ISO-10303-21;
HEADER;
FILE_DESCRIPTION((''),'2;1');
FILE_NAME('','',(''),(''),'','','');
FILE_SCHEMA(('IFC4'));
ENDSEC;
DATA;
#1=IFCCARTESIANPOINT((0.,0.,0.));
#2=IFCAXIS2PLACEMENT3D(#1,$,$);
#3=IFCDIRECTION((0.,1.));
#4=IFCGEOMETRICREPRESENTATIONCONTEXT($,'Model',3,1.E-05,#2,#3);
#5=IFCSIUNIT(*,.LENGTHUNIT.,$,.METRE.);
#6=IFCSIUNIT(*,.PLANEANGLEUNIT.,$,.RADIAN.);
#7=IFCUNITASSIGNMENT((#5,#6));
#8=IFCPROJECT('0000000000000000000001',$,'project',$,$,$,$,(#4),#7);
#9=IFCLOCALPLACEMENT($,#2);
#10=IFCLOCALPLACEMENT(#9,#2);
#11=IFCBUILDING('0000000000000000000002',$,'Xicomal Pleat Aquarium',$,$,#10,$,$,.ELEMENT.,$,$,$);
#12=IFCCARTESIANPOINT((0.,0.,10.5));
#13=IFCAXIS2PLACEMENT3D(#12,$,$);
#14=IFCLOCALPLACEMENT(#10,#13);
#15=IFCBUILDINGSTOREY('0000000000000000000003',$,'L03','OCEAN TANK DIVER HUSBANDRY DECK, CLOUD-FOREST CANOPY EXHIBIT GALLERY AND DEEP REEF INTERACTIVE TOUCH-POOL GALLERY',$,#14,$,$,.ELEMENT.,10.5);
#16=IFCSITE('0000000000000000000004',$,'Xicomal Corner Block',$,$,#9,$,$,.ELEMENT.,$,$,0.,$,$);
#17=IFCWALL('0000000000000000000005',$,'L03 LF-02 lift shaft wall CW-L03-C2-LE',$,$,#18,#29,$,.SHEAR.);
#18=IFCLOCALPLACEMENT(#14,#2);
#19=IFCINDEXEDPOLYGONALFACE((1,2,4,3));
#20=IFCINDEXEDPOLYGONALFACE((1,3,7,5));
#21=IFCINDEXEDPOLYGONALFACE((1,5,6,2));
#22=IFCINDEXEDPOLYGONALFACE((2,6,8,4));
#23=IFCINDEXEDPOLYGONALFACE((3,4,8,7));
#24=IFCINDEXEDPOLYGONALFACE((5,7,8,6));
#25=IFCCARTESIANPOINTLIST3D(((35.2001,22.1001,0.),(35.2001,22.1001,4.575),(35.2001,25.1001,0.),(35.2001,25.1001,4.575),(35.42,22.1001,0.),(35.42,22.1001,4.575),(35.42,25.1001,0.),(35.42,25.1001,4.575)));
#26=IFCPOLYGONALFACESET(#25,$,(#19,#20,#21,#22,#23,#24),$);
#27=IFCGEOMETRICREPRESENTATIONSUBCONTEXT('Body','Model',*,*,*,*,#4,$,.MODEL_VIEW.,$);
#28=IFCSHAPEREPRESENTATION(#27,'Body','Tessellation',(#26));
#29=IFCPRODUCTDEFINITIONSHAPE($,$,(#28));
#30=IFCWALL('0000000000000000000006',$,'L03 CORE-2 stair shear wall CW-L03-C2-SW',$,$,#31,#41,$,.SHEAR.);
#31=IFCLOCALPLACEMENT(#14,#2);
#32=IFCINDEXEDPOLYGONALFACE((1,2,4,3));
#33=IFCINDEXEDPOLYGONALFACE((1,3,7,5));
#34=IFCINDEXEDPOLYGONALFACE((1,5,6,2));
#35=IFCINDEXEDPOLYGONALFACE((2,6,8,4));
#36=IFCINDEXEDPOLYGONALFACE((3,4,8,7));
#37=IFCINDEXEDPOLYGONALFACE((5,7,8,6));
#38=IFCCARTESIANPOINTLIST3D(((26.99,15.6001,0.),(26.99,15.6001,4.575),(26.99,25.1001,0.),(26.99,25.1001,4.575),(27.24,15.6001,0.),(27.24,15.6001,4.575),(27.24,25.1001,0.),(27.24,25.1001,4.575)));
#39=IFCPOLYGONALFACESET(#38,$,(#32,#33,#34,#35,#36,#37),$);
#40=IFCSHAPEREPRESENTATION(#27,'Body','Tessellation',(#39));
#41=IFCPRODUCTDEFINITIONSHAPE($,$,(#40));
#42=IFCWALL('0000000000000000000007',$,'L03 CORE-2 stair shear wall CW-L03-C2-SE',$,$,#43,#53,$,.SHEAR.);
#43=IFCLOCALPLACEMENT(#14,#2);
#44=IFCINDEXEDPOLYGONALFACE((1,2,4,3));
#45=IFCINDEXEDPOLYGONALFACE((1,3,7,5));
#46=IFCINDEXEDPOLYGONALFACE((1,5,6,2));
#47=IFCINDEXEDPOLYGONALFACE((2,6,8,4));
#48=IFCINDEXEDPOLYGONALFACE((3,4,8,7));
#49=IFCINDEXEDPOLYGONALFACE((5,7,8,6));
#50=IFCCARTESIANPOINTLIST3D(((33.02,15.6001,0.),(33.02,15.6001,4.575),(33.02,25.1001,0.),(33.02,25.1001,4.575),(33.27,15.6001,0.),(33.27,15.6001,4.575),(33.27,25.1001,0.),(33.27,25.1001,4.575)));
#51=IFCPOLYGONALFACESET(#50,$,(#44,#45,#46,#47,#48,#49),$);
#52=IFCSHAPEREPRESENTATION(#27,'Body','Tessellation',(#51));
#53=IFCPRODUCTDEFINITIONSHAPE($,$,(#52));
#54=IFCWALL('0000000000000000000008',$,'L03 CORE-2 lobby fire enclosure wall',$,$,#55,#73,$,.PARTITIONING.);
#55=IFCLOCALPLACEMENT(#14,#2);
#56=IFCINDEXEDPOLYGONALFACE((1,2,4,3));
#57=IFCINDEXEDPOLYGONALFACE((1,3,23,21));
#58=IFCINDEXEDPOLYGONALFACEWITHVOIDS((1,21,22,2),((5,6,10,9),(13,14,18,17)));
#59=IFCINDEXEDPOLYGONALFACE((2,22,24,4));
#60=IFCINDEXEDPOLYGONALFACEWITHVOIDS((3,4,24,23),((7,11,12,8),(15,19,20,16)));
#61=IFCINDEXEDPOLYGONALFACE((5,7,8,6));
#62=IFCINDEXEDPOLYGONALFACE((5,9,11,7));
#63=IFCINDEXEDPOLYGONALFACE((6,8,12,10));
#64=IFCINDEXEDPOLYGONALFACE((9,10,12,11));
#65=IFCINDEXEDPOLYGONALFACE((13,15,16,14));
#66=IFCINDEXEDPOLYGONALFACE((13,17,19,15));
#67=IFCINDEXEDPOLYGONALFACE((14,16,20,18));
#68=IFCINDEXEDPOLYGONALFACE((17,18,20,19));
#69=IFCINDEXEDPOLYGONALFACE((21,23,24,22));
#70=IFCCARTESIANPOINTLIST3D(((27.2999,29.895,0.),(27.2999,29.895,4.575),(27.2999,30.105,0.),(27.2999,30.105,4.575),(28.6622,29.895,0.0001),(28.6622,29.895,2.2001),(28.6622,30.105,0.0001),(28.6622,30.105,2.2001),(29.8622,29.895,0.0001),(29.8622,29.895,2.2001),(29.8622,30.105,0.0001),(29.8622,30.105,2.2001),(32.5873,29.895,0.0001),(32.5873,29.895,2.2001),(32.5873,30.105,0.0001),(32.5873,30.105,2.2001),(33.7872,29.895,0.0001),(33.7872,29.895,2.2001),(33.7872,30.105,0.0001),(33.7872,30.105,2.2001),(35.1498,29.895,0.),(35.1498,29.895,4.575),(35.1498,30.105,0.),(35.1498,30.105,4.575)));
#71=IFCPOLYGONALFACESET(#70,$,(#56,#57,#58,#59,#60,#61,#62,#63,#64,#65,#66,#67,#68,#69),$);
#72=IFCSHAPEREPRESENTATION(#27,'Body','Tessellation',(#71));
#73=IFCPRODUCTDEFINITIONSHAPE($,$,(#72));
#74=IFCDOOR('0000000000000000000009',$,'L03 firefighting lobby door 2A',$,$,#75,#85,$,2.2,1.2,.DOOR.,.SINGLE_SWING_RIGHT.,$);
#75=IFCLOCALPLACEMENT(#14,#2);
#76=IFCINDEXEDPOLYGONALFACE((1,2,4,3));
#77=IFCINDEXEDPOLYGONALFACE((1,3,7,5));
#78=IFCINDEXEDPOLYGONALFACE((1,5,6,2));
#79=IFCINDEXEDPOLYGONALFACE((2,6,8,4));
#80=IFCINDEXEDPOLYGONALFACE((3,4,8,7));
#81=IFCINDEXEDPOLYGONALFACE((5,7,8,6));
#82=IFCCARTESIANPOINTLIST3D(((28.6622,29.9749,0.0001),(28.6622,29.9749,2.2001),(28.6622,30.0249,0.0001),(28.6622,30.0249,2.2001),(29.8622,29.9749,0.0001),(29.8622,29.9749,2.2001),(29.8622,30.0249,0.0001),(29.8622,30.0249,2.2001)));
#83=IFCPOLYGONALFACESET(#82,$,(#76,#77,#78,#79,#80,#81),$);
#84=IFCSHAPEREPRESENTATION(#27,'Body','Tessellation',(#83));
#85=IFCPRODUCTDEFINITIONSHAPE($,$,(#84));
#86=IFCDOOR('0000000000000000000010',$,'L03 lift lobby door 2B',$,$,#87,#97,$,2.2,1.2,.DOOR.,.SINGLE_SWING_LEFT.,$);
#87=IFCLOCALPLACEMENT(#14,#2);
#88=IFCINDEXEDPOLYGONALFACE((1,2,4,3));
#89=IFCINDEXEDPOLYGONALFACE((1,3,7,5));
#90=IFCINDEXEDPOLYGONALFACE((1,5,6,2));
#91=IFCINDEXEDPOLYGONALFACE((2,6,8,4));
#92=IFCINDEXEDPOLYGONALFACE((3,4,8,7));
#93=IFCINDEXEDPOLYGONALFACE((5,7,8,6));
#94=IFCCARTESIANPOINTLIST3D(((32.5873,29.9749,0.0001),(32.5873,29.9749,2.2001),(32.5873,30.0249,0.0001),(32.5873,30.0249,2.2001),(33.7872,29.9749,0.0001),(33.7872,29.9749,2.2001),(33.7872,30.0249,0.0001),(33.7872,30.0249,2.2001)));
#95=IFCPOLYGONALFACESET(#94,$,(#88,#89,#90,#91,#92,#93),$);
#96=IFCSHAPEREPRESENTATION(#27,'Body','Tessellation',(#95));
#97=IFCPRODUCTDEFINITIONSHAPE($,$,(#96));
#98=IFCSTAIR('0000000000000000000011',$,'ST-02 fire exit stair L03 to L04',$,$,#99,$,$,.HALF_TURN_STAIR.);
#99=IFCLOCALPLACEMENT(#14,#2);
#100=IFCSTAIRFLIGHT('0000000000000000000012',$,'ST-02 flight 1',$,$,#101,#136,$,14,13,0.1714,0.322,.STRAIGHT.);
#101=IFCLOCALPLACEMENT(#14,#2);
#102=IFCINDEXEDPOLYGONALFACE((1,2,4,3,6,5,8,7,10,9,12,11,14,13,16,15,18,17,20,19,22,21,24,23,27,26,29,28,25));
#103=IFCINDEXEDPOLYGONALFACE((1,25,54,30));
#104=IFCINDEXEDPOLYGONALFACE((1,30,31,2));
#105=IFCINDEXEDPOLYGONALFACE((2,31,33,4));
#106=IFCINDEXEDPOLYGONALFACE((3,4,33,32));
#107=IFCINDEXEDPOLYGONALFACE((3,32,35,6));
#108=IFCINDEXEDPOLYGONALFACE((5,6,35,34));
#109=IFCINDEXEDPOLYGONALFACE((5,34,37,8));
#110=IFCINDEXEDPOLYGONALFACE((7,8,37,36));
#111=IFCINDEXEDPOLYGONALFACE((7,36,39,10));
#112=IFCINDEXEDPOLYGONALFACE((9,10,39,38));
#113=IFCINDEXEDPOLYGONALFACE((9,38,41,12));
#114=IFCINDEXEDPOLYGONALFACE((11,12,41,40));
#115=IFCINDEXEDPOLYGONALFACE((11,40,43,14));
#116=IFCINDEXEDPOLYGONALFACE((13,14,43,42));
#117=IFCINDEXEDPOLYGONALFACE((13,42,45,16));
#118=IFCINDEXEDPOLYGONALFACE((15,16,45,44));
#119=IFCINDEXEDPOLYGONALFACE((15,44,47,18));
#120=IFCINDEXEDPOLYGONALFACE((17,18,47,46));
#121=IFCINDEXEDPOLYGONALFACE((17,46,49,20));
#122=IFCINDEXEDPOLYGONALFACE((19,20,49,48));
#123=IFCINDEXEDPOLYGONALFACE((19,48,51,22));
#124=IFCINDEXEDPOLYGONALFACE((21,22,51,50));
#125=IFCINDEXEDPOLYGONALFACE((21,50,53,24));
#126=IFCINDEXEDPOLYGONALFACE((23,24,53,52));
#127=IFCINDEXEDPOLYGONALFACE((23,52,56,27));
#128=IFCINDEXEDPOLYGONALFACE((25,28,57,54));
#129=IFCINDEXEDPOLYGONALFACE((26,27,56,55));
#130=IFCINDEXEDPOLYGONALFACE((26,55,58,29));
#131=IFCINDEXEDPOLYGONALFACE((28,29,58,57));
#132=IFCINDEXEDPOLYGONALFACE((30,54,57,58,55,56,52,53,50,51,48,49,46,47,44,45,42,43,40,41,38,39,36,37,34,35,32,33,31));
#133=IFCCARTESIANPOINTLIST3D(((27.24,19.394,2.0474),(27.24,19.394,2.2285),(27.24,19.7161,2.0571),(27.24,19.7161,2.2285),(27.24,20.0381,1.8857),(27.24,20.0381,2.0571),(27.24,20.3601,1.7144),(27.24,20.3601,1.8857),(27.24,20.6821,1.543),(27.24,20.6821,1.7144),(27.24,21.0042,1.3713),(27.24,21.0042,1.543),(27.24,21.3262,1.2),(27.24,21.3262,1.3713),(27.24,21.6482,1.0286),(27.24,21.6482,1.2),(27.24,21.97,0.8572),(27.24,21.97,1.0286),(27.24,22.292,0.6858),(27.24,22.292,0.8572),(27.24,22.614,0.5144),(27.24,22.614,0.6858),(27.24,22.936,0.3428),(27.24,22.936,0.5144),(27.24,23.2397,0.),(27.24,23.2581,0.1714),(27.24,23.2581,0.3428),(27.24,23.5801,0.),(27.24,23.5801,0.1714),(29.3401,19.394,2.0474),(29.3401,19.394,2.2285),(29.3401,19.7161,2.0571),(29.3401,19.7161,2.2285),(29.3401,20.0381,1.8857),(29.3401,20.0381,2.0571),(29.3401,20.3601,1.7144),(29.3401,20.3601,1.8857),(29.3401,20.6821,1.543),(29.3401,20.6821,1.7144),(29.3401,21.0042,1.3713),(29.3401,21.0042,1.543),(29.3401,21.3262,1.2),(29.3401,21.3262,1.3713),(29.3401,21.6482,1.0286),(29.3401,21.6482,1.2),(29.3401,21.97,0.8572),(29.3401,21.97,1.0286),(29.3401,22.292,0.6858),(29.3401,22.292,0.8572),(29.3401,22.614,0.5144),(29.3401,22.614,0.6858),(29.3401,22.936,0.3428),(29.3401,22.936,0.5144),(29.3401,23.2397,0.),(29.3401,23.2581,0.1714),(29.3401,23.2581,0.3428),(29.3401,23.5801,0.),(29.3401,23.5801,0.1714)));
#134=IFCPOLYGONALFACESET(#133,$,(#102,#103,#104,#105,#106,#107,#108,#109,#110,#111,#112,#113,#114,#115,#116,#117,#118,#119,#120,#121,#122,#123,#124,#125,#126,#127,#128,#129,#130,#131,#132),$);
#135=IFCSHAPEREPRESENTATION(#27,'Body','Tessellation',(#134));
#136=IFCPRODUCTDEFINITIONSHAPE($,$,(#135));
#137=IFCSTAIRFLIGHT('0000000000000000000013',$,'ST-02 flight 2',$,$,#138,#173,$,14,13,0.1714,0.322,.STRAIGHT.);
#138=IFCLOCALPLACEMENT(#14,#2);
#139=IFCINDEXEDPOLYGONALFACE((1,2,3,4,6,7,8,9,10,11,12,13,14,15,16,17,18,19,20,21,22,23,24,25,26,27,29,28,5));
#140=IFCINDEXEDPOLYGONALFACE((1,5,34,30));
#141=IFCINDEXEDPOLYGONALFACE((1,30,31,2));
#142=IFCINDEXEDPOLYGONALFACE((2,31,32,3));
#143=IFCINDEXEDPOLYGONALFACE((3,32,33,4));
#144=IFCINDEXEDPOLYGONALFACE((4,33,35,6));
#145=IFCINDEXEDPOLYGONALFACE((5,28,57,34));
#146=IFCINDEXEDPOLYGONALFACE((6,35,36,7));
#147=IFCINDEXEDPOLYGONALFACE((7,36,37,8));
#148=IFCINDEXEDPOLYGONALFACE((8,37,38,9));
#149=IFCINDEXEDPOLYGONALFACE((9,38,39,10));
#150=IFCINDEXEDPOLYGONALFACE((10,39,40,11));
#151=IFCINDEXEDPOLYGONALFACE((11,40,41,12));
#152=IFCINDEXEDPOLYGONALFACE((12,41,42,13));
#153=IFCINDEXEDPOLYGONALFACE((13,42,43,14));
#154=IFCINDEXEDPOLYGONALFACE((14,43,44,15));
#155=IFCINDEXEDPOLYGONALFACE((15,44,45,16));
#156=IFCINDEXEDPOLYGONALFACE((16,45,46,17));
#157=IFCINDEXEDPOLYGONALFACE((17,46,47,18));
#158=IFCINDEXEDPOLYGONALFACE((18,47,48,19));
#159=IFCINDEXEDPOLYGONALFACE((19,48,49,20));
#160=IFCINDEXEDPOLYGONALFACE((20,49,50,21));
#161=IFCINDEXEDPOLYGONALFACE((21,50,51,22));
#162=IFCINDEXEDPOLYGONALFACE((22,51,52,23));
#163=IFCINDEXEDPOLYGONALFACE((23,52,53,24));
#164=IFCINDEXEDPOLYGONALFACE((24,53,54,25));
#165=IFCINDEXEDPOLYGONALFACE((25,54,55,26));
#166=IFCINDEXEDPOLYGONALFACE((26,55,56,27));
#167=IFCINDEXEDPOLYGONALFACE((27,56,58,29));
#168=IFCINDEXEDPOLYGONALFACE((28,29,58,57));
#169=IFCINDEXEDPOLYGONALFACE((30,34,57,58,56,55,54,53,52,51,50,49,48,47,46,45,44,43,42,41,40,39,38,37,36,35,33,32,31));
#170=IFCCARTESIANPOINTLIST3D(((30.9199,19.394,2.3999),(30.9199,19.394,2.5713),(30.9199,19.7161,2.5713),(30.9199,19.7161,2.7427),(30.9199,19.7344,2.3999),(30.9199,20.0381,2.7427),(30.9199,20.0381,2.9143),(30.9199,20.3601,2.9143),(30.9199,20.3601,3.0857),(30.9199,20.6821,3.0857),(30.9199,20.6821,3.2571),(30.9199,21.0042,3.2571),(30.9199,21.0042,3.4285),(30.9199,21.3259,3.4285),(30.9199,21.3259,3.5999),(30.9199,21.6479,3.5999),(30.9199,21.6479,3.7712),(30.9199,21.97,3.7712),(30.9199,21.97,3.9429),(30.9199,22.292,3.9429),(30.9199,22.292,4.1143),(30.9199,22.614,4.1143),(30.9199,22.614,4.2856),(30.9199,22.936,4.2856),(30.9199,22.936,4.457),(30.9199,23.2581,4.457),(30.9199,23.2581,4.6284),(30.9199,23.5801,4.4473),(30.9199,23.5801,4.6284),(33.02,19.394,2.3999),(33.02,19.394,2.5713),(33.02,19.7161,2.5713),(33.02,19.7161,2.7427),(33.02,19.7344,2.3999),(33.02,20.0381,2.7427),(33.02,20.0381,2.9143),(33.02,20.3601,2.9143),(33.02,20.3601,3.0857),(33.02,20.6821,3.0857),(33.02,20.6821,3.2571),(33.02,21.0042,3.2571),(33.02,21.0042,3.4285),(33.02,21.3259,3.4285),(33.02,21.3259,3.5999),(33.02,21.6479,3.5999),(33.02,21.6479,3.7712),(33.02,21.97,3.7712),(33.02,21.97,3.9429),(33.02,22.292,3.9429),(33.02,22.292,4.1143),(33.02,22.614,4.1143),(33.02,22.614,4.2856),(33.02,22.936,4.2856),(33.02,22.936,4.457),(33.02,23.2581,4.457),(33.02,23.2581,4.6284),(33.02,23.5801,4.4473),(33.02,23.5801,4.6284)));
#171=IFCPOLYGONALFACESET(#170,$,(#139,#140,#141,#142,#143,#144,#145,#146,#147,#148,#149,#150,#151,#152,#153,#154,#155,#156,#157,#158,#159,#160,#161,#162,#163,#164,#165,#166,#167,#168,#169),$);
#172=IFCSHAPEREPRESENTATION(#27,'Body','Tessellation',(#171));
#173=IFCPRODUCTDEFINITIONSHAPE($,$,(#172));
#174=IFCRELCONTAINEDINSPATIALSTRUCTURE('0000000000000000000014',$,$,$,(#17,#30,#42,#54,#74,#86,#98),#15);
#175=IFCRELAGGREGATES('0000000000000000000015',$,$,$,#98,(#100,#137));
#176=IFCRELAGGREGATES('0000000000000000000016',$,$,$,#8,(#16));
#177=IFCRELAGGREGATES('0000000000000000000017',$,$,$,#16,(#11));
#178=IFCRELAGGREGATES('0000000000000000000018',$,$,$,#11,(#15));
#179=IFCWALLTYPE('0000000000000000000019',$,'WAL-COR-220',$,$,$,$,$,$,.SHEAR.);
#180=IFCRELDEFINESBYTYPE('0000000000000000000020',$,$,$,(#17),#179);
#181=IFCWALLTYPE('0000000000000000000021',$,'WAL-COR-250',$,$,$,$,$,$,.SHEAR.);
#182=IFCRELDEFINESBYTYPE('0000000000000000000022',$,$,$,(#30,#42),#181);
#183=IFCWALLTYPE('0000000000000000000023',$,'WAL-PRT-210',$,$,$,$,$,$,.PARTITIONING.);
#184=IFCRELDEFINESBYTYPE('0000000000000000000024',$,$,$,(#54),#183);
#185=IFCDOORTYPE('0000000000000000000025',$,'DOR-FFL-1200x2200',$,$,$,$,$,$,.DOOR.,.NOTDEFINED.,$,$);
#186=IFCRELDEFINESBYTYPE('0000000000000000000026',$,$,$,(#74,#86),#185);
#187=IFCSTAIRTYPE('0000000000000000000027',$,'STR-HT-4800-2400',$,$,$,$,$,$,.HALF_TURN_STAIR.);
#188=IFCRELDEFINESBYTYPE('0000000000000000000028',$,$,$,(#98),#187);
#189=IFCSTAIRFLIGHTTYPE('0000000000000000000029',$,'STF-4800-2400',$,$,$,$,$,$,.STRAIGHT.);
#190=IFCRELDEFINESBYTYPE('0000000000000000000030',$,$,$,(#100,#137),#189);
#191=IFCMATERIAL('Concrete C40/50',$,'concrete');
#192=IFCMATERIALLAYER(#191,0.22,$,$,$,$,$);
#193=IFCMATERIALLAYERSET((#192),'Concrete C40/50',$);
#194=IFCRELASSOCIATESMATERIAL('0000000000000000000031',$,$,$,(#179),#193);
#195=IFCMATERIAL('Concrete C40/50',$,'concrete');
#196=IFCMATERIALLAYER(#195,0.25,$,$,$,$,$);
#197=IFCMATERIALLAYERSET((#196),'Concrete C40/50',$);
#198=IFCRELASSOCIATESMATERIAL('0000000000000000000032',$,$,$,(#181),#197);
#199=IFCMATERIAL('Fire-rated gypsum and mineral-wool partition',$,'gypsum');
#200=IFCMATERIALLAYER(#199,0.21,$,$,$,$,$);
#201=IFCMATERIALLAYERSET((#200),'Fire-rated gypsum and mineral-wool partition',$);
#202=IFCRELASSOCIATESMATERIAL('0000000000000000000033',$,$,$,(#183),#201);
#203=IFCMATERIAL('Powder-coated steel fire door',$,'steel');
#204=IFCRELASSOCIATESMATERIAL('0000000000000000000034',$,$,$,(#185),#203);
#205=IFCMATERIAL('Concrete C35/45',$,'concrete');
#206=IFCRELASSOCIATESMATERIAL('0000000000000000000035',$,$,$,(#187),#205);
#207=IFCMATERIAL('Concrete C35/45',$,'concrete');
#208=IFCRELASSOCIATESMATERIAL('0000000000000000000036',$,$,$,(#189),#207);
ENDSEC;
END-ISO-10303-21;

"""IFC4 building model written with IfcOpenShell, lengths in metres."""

from ifc_helpers import new_model, si_unit, direction, frame, frame_2d, origin, place, context, subcontext, project, spatial, polyline, rectangle, outline, extrude, material, layer, layer_set, type_object, element, fill, aggregate, save


model = new_model("IFC4")

# Units and contexts
model_context = context("Model", 3, precision=1e-05, world=origin(), true_north=direction((0.0, 1.0)))
body_context = subcontext(model_context, "Body", "Model", "MODEL_VIEW")
ifc_project = project(units=[si_unit("LENGTHUNIT", "METRE"), si_unit("PLANEANGLEUNIT", "RADIAN")], contexts=[model_context])

# Site, building, storey
site_placement = place(None, origin())
site = spatial("IfcSite", under=ifc_project, at=site_placement, Name="Xicomal Corner Block", CompositionType="ELEMENT", RefElevation=0.0)
building_placement = place(site_placement, origin())
building = spatial("IfcBuilding", under=site, at=building_placement, Name="Xicomal Pleat Aquarium", CompositionType="ELEMENT")
storey_placement = place(building_placement, frame((0.0, 0.0, 10.5)))
storey = spatial("IfcBuildingStorey", under=building, at=storey_placement, Name="L03", Description="OCEAN TANK DIVER HUSBANDRY DECK, CLOUD-FOREST CANOPY EXHIBIT GALLERY AND DEEP REEF INTERACTIVE TOUCH-POOL GALLERY", CompositionType="ELEMENT", Elevation=10.5)

# Shared definitions
ifc_material_1 = material(Name="Concrete C40/50", Category="concrete")
ifc_layer_1 = layer(ifc_material_1, 0.22)
ifc_layer_set_1 = layer_set([ifc_layer_1], Name="Concrete C40/50")
wall_type_1 = type_object("IfcWallType", Name="WAL-COR-220", PredefinedType="SHEAR", material=ifc_layer_set_1)

# Walls
wall_1_placement = place(storey_placement, frame((35.3101, 22.1001, 0.0), z_axis=(0.0, 0.0, 1.0), x_axis=(0.0, 1.0, 0.0)))
element("IfcWall", 1, at=wall_1_placement, inside=storey, type_object=wall_type_1, Name="L03 LF-02 lift shaft wall CW-L03-C2-LE", PredefinedType="SHEAR", context=body_context, shape_type="SweptSolid", body=[
    extrude(rectangle(XDim=3.0, YDim=0.22, at=frame_2d((1.5, 0.0))), origin(), (0.0, 0.0, 1.0), 4.575),
])
ifc_material_2 = material(Name="Concrete C40/50", Category="concrete")
ifc_layer_2 = layer(ifc_material_2, 0.25)
ifc_layer_set_2 = layer_set([ifc_layer_2], Name="Concrete C40/50")
wall_type_2 = type_object("IfcWallType", Name="WAL-COR-250", PredefinedType="SHEAR", material=ifc_layer_set_2)
for number, where, z_axis, x_axis, name in (
    (2, (27.115, 15.6001, 0.0), (0.0, 0.0, 1.0), (0.0, 1.0, 0.0), "L03 CORE-2 stair shear wall CW-L03-C2-SW"),
    (3, (33.145, 15.6001, 0.0), (0.0, 0.0, 1.0), (0.0, 1.0, 0.0), "L03 CORE-2 stair shear wall CW-L03-C2-SE"),
):
    element("IfcWall", number, at=place(storey_placement, frame(where, z_axis=z_axis, x_axis=x_axis)), inside=storey, type_object=wall_type_2, Name=name, PredefinedType="SHEAR", context=body_context, shape_type="SweptSolid", body=[
        extrude(rectangle(XDim=9.5, YDim=0.25, at=frame_2d((4.75, 0.0))), origin(), (0.0, 0.0, 1.0), 4.575),
    ])

# Wall, openings, doors
ifc_material_3 = material(Name="Fire-rated gypsum and mineral-wool partition", Category="gypsum")
ifc_layer_3 = layer(ifc_material_3, 0.21)
ifc_layer_set_3 = layer_set([ifc_layer_3], Name="Fire-rated gypsum and mineral-wool partition")
wall_type_3 = type_object("IfcWallType", Name="WAL-PRT-210", PredefinedType="PARTITIONING", material=ifc_layer_set_3)
wall_2_placement = place(storey_placement, frame((27.3, 30.0, 0.0), z_axis=(0.0, 0.0, 1.0), x_axis=(1.0, 0.0, 0.0)))
wall_2 = element("IfcWall", 4, at=wall_2_placement, inside=storey, type_object=wall_type_3, Name="L03 CORE-2 lobby fire enclosure wall", PredefinedType="PARTITIONING", context=body_context, shape_type="SweptSolid", body=[
    extrude(rectangle(XDim=7.8499, YDim=0.21, at=frame_2d((3.9248, 0.0))), origin(), (0.0, 0.0, 1.0), 4.575),
])
opening_1_placement = place(wall_2_placement, frame((1.3621, 0.0, 0.0)))
opening_1 = element("IfcOpeningElement", 5, at=opening_1_placement, cuts=wall_2, PredefinedType="OPENING", context=body_context, shape_type="SweptSolid", body=[
    extrude(rectangle(XDim=1.2, YDim=2.2, at=frame_2d((0.6001, 1.1001))), frame((0.0, 0.115, 0.0), z_axis=(0.0, -1.0, 0.0), x_axis=(1.0, 0.0, 0.0)), (0.0, 0.0, 1.0), 0.23),
])
opening_2_placement = place(wall_2_placement, frame((5.2871, 0.0, 0.0)))
opening_2 = element("IfcOpeningElement", 6, at=opening_2_placement, cuts=wall_2, PredefinedType="OPENING", context=body_context, shape_type="SweptSolid", body=[
    extrude(rectangle(XDim=1.2, YDim=2.2, at=frame_2d((0.6001, 1.1001))), frame((0.0, 0.115, 0.0), z_axis=(0.0, -1.0, 0.0), x_axis=(1.0, 0.0, 0.0)), (0.0, 0.0, 1.0), 0.23),
])
ifc_material_4 = material(Name="Powder-coated steel fire door", Category="steel")
door_type_1 = type_object("IfcDoorType", Name="DOR-FFL-1200x2200", OperationType="NOTDEFINED", PredefinedType="DOOR", material=ifc_material_4)
door_1_placement = place(opening_1_placement, origin())
door_1 = element("IfcDoor", 7, at=door_1_placement, inside=storey, type_object=door_type_1, Name="L03 firefighting lobby door 2A", OperationType="SINGLE_SWING_RIGHT", OverallHeight=2.2, OverallWidth=1.2, PredefinedType="DOOR", context=body_context, shape_type="SweptSolid", body=[
    extrude(rectangle(XDim=1.2, YDim=2.2, at=frame_2d((0.6001, 1.1001))), frame((0.0, 0.0249, 0.0), z_axis=(0.0, -1.0, 0.0), x_axis=(1.0, 0.0, 0.0)), (0.0, 0.0, 1.0), 0.05),
])
fill(opening_1, door_1)
door_2_placement = place(opening_2_placement, origin())
door_2 = element("IfcDoor", 8, at=door_2_placement, inside=storey, type_object=door_type_1, Name="L03 lift lobby door 2B", OperationType="SINGLE_SWING_LEFT", OverallHeight=2.2, OverallWidth=1.2, PredefinedType="DOOR", context=body_context, shape_type="SweptSolid", body=[
    extrude(rectangle(XDim=1.2, YDim=2.2, at=frame_2d((0.6001, 1.1001))), frame((0.0, 0.0249, 0.0), z_axis=(0.0, -1.0, 0.0), x_axis=(1.0, 0.0, 0.0)), (0.0, 0.0, 1.0), 0.05),
])
fill(opening_2, door_2)

# Stair, stair flights
ifc_material_5 = material(Name="Concrete C35/45", Category="concrete")
stair_type = type_object("IfcStairType", Name="STR-HT-4800-2400", PredefinedType="HALF_TURN_STAIR", material=ifc_material_5)
stair_placement = place(storey_placement, origin())
stair = element("IfcStair", 9, at=stair_placement, inside=storey, type_object=stair_type, Name="ST-02 fire exit stair L03 to L04", PredefinedType="HALF_TURN_STAIR")
ifc_material_6 = material(Name="Concrete C35/45", Category="concrete")
stair_flight_type = type_object("IfcStairFlightType", Name="STF-4800-2400", PredefinedType="STRAIGHT", material=ifc_material_6)
stair_flight_1_placement = place(storey_placement, frame((28.29, 23.5801, 0.0), z_axis=(0.0, 0.0, 1.0), x_axis=(0.0, -1.0, 0.0)))
stair_flight_1 = element("IfcStairFlight", 10, at=stair_flight_1_placement, type_object=stair_flight_type, Name="ST-02 flight 1", NumberOfRisers=14, NumberOfTreads=13, PredefinedType="STRAIGHT", RiserHeight=0.1714, TreadLength=0.322, context=body_context, shape_type="SweptSolid", body=[
    extrude(outline(polyline([(0.0, 0.0), (0.0, 0.1714), (0.322, 0.1714), (0.322, 0.3428), (0.644, 0.3428), (0.644, 0.5144), (0.9661, 0.5144), (0.9661, 0.6858), (1.2881, 0.6858), (1.2881, 0.8572), (1.6101, 0.8572), (1.6101, 1.0286), (1.9319, 1.0286), (1.9319, 1.2), (2.2539, 1.2), (2.2539, 1.3713), (2.5759, 1.3713), (2.5759, 1.543), (2.8979, 1.543), (2.8979, 1.7144), (3.22, 1.7144), (3.22, 1.8857), (3.542, 1.8857), (3.542, 2.0571), (3.864, 2.0571), (3.864, 2.2285), (4.186, 2.2285), (4.186, 2.3999), (4.186, 2.0474), (0.3403, 0.0), (0.0, 0.0)])), frame((0.0, 1.05, 0.0), z_axis=(0.0, -1.0, 0.0), x_axis=(1.0, 0.0, 0.0)), (0.0, 0.0, 1.0), 2.1001),
])
stair_flight_2_placement = place(storey_placement, frame((31.97, 19.394, 2.3999), z_axis=(0.0, 0.0, 1.0), x_axis=(0.0, 1.0, 0.0)))
stair_flight_2 = element("IfcStairFlight", 11, at=stair_flight_2_placement, type_object=stair_flight_type, Name="ST-02 flight 2", NumberOfRisers=14, NumberOfTreads=13, PredefinedType="STRAIGHT", RiserHeight=0.1714, TreadLength=0.322, context=body_context, shape_type="SweptSolid", body=[
    extrude(outline(polyline([(0.0, 0.0), (0.0, 0.1714), (0.322, 0.1714), (0.322, 0.3428), (0.644, 0.3428), (0.644, 0.5144), (0.9661, 0.5144), (0.9661, 0.6858), (1.2881, 0.6858), (1.2881, 0.8572), (1.6101, 0.8572), (1.6101, 1.0286), (1.9319, 1.0286), (1.9319, 1.2), (2.2539, 1.2), (2.2539, 1.3713), (2.5759, 1.3713), (2.5759, 1.543), (2.8979, 1.543), (2.8979, 1.7144), (3.22, 1.7144), (3.22, 1.8857), (3.542, 1.8857), (3.542, 2.0571), (3.864, 2.0571), (3.864, 2.2285), (4.186, 2.2285), (4.186, 2.3999), (4.186, 2.0474), (0.3403, 0.0), (0.0, 0.0)])), frame((0.0, 1.05, 0.0), z_axis=(0.0, -1.0, 0.0), x_axis=(1.0, 0.0, 0.0)), (0.0, 0.0, 1.0), 2.1001),
])
aggregate(stair, [stair_flight_1, stair_flight_2])

save(model, "model.ifc")
